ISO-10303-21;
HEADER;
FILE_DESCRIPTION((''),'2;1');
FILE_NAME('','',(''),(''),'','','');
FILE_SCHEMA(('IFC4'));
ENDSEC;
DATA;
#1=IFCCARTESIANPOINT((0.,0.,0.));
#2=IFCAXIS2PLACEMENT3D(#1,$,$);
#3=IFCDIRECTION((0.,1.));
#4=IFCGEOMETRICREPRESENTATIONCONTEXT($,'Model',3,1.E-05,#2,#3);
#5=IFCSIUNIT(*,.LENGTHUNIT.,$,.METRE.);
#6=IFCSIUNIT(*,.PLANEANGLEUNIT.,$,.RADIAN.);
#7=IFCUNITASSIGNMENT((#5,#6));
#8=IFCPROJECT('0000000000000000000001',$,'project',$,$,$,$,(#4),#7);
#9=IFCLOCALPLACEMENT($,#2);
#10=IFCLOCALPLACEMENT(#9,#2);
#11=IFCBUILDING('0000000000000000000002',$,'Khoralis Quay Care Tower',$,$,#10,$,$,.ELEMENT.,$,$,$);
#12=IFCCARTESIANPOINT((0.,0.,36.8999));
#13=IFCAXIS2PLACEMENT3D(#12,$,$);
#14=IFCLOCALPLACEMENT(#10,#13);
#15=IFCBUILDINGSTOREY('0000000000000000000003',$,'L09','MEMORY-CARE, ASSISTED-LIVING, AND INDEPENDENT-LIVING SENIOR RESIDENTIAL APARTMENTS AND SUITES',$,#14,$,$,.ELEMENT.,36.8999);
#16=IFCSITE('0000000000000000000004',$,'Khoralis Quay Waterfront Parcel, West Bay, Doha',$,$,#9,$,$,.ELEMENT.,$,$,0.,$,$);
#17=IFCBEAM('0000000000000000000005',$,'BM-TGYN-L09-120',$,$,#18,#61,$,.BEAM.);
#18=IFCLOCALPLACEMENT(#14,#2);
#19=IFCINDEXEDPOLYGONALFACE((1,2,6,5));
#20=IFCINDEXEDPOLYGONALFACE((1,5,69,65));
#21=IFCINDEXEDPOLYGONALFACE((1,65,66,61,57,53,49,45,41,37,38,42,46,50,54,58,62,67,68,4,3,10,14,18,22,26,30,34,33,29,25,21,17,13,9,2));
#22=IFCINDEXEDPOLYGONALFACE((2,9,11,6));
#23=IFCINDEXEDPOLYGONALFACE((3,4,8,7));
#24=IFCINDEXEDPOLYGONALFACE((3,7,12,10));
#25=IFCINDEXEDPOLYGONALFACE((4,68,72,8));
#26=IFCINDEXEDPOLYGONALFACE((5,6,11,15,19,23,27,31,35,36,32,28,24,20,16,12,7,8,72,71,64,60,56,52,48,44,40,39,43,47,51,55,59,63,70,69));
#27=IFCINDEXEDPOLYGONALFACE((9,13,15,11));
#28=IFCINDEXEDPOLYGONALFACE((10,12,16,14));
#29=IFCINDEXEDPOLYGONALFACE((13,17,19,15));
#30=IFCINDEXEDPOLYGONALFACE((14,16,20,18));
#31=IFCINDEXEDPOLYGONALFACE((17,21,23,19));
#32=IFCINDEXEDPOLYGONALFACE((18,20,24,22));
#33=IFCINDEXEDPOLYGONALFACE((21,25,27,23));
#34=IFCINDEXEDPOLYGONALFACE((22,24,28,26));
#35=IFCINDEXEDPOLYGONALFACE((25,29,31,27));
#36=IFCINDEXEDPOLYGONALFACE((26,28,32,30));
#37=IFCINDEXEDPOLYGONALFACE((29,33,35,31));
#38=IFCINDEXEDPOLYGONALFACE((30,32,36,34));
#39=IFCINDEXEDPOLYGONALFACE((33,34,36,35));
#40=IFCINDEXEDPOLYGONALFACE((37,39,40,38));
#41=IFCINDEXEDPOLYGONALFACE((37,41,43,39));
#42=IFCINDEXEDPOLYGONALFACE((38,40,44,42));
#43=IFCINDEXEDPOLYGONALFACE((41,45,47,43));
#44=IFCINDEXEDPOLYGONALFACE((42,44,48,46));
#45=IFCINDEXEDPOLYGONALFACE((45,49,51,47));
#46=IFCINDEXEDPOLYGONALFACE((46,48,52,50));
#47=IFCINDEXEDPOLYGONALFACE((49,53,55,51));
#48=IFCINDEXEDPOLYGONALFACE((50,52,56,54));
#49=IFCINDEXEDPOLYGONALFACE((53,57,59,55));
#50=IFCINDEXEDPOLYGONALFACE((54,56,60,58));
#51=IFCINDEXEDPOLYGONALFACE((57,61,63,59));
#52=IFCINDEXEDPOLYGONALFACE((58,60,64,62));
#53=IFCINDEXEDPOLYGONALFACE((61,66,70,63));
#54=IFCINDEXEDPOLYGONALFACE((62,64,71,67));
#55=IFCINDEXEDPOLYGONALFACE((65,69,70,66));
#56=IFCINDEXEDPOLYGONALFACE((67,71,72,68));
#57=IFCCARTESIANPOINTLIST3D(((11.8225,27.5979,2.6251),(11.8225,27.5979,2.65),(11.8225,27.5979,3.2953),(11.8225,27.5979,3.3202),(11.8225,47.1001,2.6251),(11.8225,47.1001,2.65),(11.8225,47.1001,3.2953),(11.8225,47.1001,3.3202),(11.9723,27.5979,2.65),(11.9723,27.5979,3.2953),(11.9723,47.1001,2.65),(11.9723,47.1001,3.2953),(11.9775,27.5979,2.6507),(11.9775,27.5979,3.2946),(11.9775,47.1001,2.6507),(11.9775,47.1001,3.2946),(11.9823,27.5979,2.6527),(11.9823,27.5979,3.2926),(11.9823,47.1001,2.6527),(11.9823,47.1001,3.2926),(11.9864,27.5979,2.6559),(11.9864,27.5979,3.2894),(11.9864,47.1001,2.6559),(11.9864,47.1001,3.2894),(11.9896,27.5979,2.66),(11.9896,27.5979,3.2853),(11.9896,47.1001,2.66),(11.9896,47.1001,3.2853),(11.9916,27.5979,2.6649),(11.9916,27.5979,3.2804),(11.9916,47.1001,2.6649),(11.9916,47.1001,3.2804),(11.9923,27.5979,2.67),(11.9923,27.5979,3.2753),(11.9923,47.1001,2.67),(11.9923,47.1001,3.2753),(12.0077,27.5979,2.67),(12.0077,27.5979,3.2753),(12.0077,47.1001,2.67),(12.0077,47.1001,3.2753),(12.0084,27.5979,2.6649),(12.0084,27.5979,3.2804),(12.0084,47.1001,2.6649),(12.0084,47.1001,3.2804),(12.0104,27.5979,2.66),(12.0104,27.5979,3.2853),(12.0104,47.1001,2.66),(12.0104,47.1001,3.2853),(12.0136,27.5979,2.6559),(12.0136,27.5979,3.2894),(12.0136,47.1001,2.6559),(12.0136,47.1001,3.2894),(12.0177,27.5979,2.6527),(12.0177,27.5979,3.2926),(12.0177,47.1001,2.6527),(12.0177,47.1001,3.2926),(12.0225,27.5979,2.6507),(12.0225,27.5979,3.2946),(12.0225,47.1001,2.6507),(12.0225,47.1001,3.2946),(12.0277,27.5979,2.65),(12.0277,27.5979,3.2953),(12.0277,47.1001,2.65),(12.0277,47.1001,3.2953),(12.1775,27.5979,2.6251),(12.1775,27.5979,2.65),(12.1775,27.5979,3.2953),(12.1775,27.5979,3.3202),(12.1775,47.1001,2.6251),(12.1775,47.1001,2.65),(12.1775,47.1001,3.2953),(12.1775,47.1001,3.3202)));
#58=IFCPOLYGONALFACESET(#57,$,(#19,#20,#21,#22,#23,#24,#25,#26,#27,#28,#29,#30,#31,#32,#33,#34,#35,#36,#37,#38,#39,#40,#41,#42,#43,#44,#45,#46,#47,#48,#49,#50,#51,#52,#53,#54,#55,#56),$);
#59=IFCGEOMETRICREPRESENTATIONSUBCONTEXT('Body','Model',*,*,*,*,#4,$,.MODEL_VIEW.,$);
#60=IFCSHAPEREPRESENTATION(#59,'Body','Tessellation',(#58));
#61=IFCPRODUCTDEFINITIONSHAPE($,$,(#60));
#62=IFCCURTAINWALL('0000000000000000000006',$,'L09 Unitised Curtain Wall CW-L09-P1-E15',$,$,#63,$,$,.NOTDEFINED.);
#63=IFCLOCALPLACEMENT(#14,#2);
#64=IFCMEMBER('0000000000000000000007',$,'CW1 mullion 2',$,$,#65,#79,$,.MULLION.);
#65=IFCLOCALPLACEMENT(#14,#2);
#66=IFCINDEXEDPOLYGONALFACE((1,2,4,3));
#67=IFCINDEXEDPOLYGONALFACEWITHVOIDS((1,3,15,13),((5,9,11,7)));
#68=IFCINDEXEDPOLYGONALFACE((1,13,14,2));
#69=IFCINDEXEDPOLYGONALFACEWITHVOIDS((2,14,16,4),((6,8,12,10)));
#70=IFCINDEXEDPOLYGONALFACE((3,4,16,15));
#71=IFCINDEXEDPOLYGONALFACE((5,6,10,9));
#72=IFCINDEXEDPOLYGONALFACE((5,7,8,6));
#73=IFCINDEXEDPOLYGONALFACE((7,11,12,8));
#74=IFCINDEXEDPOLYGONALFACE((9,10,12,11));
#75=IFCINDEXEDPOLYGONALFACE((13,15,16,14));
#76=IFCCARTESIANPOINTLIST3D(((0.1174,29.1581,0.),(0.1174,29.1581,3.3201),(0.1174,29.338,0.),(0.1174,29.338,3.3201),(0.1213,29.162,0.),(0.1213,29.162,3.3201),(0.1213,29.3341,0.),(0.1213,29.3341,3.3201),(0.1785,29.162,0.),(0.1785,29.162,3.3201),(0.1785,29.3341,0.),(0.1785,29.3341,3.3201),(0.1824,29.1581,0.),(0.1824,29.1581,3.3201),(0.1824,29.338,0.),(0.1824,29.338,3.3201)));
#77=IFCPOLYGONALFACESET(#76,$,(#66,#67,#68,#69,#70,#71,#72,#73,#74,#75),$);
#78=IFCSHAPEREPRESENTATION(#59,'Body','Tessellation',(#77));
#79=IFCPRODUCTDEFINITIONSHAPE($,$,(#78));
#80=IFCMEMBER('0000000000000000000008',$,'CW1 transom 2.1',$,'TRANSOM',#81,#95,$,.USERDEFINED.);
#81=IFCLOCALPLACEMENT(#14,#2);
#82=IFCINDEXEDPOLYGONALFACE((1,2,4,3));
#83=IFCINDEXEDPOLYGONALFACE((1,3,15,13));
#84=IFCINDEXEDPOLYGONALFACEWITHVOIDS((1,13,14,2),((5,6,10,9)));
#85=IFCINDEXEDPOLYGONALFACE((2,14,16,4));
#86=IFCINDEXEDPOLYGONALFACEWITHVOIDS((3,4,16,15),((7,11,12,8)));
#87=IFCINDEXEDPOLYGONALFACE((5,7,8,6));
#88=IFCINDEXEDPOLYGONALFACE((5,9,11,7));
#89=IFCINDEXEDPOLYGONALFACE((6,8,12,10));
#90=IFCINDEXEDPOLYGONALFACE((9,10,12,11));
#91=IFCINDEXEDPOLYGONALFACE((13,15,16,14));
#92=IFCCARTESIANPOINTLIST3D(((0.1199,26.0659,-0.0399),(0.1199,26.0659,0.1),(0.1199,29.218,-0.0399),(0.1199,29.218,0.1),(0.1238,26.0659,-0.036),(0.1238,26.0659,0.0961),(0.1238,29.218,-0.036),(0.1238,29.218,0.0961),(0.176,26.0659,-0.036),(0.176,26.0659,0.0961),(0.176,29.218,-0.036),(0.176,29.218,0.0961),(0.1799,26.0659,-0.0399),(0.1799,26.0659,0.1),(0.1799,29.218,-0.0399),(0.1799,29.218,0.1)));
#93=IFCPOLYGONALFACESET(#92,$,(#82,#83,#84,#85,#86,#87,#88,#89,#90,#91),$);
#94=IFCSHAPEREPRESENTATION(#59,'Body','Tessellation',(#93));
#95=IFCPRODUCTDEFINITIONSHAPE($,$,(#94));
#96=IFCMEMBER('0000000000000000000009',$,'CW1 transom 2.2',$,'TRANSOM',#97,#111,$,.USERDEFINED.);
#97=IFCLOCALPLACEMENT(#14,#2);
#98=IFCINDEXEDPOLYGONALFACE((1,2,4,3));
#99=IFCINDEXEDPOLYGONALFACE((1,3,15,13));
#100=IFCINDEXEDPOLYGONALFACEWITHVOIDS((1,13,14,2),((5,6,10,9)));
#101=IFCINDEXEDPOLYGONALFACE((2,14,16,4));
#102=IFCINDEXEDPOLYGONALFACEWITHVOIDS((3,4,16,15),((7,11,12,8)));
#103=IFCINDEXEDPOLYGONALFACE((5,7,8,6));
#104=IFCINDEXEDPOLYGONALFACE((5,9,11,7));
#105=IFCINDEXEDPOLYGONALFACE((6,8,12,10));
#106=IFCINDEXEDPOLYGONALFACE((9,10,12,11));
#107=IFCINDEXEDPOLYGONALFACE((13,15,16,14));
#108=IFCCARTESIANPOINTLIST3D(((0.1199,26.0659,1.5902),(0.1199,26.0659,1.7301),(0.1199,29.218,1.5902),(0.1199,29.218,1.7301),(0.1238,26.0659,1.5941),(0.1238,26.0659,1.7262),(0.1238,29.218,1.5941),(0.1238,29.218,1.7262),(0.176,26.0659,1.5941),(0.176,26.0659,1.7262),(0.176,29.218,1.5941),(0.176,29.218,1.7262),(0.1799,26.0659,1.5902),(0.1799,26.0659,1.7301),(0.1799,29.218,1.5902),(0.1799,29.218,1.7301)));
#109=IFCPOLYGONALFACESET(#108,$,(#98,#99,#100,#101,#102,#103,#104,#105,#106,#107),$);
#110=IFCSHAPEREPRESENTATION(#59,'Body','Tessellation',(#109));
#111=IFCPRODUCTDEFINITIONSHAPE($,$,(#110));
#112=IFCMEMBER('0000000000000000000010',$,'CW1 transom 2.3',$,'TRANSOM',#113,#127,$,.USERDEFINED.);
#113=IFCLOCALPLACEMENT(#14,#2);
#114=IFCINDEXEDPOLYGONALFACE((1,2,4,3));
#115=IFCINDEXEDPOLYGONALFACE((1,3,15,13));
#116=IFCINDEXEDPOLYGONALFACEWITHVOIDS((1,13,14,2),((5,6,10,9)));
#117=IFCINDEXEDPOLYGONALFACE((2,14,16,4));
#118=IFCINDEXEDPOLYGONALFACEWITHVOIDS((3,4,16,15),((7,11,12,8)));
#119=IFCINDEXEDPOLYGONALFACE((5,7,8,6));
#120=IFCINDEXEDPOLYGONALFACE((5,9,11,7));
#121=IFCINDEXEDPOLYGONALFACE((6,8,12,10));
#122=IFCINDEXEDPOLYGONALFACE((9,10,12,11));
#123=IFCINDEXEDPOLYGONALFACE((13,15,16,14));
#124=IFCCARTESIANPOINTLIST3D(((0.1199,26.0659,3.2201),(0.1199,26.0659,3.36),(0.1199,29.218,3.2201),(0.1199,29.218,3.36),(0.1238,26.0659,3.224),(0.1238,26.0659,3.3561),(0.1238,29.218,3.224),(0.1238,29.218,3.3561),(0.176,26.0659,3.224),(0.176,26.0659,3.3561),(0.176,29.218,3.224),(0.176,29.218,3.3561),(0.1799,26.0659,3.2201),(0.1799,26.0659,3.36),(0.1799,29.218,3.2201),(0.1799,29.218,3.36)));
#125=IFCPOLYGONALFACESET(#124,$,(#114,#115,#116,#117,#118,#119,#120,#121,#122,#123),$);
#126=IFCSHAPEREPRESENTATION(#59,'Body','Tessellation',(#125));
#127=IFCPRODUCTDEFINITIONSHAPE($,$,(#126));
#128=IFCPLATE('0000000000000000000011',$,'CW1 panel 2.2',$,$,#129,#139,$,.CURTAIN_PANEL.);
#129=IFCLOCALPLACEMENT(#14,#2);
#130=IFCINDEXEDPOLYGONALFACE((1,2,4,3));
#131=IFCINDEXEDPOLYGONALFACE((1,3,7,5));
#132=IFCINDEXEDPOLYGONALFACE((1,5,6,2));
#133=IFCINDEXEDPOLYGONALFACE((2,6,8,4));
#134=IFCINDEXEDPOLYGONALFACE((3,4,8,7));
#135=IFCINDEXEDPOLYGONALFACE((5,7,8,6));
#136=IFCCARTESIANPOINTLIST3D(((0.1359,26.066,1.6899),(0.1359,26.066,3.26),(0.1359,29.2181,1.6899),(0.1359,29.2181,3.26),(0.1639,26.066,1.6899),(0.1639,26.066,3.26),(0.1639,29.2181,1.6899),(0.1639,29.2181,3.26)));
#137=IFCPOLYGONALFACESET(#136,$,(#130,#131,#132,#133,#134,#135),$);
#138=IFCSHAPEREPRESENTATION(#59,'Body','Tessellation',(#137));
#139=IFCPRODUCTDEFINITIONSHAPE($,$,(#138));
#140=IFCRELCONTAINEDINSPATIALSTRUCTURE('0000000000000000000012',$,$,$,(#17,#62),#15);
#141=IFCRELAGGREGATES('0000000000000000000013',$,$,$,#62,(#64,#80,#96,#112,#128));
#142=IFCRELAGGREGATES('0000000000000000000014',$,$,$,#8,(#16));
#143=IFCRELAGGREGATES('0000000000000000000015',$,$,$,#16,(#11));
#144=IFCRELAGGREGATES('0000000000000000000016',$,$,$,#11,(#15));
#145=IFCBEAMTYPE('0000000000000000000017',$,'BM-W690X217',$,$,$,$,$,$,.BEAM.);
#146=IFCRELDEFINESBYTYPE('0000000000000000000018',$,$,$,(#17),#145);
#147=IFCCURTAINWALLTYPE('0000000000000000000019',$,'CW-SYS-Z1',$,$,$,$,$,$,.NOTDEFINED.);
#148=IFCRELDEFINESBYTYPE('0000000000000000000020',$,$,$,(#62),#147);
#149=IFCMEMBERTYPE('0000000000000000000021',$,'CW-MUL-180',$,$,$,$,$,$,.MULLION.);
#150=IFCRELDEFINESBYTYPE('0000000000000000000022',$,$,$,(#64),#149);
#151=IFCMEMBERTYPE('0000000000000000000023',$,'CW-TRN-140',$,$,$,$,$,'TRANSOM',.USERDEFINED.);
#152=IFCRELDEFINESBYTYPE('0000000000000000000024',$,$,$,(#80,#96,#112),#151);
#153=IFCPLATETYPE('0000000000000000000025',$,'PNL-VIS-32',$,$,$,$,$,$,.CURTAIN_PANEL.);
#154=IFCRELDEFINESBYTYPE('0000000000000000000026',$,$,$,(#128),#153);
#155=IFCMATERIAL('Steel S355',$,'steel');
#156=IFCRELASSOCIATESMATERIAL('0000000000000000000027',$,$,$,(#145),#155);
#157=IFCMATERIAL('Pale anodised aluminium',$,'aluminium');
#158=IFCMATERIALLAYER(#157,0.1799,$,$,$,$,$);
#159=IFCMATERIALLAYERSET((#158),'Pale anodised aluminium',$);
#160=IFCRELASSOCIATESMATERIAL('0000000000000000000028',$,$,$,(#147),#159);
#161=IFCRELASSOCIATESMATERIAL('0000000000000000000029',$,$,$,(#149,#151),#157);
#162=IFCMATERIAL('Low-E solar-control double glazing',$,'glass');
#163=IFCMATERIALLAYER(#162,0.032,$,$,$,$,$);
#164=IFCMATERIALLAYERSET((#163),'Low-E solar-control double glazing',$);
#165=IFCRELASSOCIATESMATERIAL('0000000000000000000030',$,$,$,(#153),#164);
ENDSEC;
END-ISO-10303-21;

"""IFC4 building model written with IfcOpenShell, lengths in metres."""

from ifc_helpers import new_model, si_unit, direction, frame, origin, origin_2d, place, context, subcontext, project, spatial, rectangle, hollow_rectangle, i_section, extrude, source, transform, mapped, material, layer, layer_set, material_profile, profile_set, type_object, element, aggregate, save


model = new_model("IFC4")

# Units and contexts
model_context = context("Model", 3, precision=1e-05, world=origin(), true_north=direction((0.0, 1.0)))
body_context = subcontext(model_context, "Body", "Model", "MODEL_VIEW")
ifc_project = project(units=[si_unit("LENGTHUNIT", "METRE"), si_unit("PLANEANGLEUNIT", "RADIAN")], contexts=[model_context])

# Site, building, storey
site_placement = place(None, origin())
site = spatial("IfcSite", under=ifc_project, at=site_placement, Name="Khoralis Quay Waterfront Parcel, West Bay, Doha", CompositionType="ELEMENT", RefElevation=0.0)
building_placement = place(site_placement, origin())
building = spatial("IfcBuilding", under=site, at=building_placement, Name="Khoralis Quay Care Tower", CompositionType="ELEMENT")
storey_placement = place(building_placement, frame((0.0, 0.0, 36.8999)))
storey = spatial("IfcBuildingStorey", under=building, at=storey_placement, Name="L09", Description="MEMORY-CARE, ASSISTED-LIVING, AND INDEPENDENT-LIVING SENIOR RESIDENTIAL APARTMENTS AND SUITES", CompositionType="ELEMENT", Elevation=36.8999)

# Beam
ifc_material_1 = material(Name="Steel S355", Category="steel")
ifc_material_profile_1 = material_profile(ifc_material_1, i_section(OverallWidth=0.355, OverallDepth=0.6951, WebThickness=0.0154, FlangeThickness=0.0249, FilletRadius=0.02, at=origin_2d()), Name="Steel S355")
ifc_profile_set_1 = profile_set([ifc_material_profile_1], Name="Steel S355")
beam_type_1 = type_object("IfcBeamType", Name="BM-W690X217", PredefinedType="BEAM", material=ifc_profile_set_1)
shared_shape_1 = source(origin(), body_context, "Body", "SweptSolid", [
    extrude(i_section(OverallWidth=0.355, OverallDepth=0.6951, WebThickness=0.0154, FlangeThickness=0.0249, FilletRadius=0.02, at=origin_2d()), origin(), (0.0, 0.0, 1.0), 19.5022),
])
beam_1_placement = place(storey_placement, frame((12.0, 27.5979, 2.9727), z_axis=(0.0, 1.0, 0.0), x_axis=(-1.0, 0.0, 0.0)))
element("IfcBeam", 1, at=beam_1_placement, inside=storey, type_object=beam_type_1, Name="BM-TGYN-L09-120", PredefinedType="BEAM", context=body_context, shape_type="MappedRepresentation", body=[
    mapped(shared_shape_1, transform((0.0, 0.0, 0.0), scale=1.0)),
])

# Curtain wall, members, plate
ifc_material_2 = material(Name="Pale anodised aluminium", Category="aluminium")
ifc_layer_1 = layer(ifc_material_2, 0.1799)
ifc_layer_set_1 = layer_set([ifc_layer_1], Name="Pale anodised aluminium")
curtain_wall_type = type_object("IfcCurtainWallType", Name="CW-SYS-Z1", PredefinedType="NOTDEFINED", material=ifc_layer_set_1)
curtain_wall_placement = place(storey_placement, origin())
curtain_wall = element("IfcCurtainWall", 2, at=curtain_wall_placement, inside=storey, type_object=curtain_wall_type, Name="L09 Unitised Curtain Wall CW-L09-P1-E15", PredefinedType="NOTDEFINED")
ifc_material_profile_2 = material_profile(ifc_material_2, hollow_rectangle(XDim=0.0649, YDim=0.1799, WallThickness=0.0039, at=origin_2d()), Name="Pale anodised aluminium")
ifc_profile_set_2 = profile_set([ifc_material_profile_2], Name="Pale anodised aluminium")
member_type_1 = type_object("IfcMemberType", Name="CW-MUL-180", PredefinedType="MULLION", material=ifc_profile_set_2)
shared_shape_2 = source(origin(), body_context, "Body", "SweptSolid", [
    extrude(hollow_rectangle(XDim=0.0649, YDim=0.1799, WallThickness=0.0039, at=origin_2d()), origin(), (0.0, 0.0, 1.0), 3.3201),
])
member_1_placement = place(storey_placement, frame((0.1499, 29.248, 0.0), z_axis=(0.0, 0.0, 1.0), x_axis=(1.0, 0.0, 0.0)))
member_1 = element("IfcMember", 3, at=member_1_placement, type_object=member_type_1, Name="CW1 mullion 2", PredefinedType="MULLION", context=body_context, shape_type="MappedRepresentation", body=[
    mapped(shared_shape_2, transform((0.0, 0.0, 0.0), scale=1.0)),
])
ifc_material_profile_3 = material_profile(ifc_material_2, hollow_rectangle(XDim=0.0601, YDim=0.1399, WallThickness=0.0039, at=origin_2d()), Name="Pale anodised aluminium")
ifc_profile_set_3 = profile_set([ifc_material_profile_3], Name="Pale anodised aluminium")
member_type_2 = type_object("IfcMemberType", Name="CW-TRN-140", ElementType="TRANSOM", PredefinedType="USERDEFINED", material=ifc_profile_set_3)
shared_shape_3 = source(origin(), body_context, "Body", "SweptSolid", [
    extrude(hollow_rectangle(XDim=0.0601, YDim=0.1399, WallThickness=0.0039, at=origin_2d()), origin(), (0.0, 0.0, 1.0), 3.1521),
])
member_2_placement = place(storey_placement, frame((0.1499, 29.218, 0.03), z_axis=(0.0, -1.0, 0.0), x_axis=(1.0, 0.0, 0.0)))
member_2 = element("IfcMember", 4, at=member_2_placement, type_object=member_type_2, Name="CW1 transom 2.1", ObjectType="TRANSOM", PredefinedType="USERDEFINED", context=body_context, shape_type="MappedRepresentation", body=[
    mapped(shared_shape_3, transform((0.0, 0.0, 0.0), scale=1.0)),
])
member_3_placement = place(storey_placement, frame((0.1499, 29.218, 1.6602), z_axis=(0.0, -1.0, 0.0), x_axis=(1.0, 0.0, 0.0)))
member_3 = element("IfcMember", 5, at=member_3_placement, type_object=member_type_2, Name="CW1 transom 2.2", ObjectType="TRANSOM", PredefinedType="USERDEFINED", context=body_context, shape_type="MappedRepresentation", body=[
    mapped(shared_shape_3, transform((0.0, 0.0, 0.0), scale=1.0)),
])
member_4_placement = place(storey_placement, frame((0.1499, 29.218, 3.29), z_axis=(0.0, -1.0, 0.0), x_axis=(1.0, 0.0, 0.0)))
member_4 = element("IfcMember", 6, at=member_4_placement, type_object=member_type_2, Name="CW1 transom 2.3", ObjectType="TRANSOM", PredefinedType="USERDEFINED", context=body_context, shape_type="MappedRepresentation", body=[
    mapped(shared_shape_3, transform((0.0, 0.0, 0.0), scale=1.0)),
])
ifc_material_3 = material(Name="Low-E solar-control double glazing", Category="glass")
ifc_layer_2 = layer(ifc_material_3, 0.032)
ifc_layer_set_2 = layer_set([ifc_layer_2], Name="Low-E solar-control double glazing")
plate_type = type_object("IfcPlateType", Name="PNL-VIS-32", PredefinedType="CURTAIN_PANEL", material=ifc_layer_set_2)
shared_shape_4 = source(origin(), body_context, "Body", "SweptSolid", [
    extrude(rectangle(XDim=3.1521, YDim=0.0281, at=origin_2d()), origin(), (0.0, 0.0, 1.0), 1.5701),
])
plate_placement = place(storey_placement, frame((0.1499, 27.6421, 1.6899), z_axis=(0.0, 0.0, 1.0), x_axis=(0.0, -1.0, 0.0)))
plate = element("IfcPlate", 7, at=plate_placement, type_object=plate_type, Name="CW1 panel 2.2", PredefinedType="CURTAIN_PANEL", context=body_context, shape_type="MappedRepresentation", body=[
    mapped(shared_shape_4, transform((0.0, 0.0, 0.0), scale=1.0)),
])
aggregate(curtain_wall, [member_1, member_2, member_3, member_4, plate])

save(model, "model.ifc")
